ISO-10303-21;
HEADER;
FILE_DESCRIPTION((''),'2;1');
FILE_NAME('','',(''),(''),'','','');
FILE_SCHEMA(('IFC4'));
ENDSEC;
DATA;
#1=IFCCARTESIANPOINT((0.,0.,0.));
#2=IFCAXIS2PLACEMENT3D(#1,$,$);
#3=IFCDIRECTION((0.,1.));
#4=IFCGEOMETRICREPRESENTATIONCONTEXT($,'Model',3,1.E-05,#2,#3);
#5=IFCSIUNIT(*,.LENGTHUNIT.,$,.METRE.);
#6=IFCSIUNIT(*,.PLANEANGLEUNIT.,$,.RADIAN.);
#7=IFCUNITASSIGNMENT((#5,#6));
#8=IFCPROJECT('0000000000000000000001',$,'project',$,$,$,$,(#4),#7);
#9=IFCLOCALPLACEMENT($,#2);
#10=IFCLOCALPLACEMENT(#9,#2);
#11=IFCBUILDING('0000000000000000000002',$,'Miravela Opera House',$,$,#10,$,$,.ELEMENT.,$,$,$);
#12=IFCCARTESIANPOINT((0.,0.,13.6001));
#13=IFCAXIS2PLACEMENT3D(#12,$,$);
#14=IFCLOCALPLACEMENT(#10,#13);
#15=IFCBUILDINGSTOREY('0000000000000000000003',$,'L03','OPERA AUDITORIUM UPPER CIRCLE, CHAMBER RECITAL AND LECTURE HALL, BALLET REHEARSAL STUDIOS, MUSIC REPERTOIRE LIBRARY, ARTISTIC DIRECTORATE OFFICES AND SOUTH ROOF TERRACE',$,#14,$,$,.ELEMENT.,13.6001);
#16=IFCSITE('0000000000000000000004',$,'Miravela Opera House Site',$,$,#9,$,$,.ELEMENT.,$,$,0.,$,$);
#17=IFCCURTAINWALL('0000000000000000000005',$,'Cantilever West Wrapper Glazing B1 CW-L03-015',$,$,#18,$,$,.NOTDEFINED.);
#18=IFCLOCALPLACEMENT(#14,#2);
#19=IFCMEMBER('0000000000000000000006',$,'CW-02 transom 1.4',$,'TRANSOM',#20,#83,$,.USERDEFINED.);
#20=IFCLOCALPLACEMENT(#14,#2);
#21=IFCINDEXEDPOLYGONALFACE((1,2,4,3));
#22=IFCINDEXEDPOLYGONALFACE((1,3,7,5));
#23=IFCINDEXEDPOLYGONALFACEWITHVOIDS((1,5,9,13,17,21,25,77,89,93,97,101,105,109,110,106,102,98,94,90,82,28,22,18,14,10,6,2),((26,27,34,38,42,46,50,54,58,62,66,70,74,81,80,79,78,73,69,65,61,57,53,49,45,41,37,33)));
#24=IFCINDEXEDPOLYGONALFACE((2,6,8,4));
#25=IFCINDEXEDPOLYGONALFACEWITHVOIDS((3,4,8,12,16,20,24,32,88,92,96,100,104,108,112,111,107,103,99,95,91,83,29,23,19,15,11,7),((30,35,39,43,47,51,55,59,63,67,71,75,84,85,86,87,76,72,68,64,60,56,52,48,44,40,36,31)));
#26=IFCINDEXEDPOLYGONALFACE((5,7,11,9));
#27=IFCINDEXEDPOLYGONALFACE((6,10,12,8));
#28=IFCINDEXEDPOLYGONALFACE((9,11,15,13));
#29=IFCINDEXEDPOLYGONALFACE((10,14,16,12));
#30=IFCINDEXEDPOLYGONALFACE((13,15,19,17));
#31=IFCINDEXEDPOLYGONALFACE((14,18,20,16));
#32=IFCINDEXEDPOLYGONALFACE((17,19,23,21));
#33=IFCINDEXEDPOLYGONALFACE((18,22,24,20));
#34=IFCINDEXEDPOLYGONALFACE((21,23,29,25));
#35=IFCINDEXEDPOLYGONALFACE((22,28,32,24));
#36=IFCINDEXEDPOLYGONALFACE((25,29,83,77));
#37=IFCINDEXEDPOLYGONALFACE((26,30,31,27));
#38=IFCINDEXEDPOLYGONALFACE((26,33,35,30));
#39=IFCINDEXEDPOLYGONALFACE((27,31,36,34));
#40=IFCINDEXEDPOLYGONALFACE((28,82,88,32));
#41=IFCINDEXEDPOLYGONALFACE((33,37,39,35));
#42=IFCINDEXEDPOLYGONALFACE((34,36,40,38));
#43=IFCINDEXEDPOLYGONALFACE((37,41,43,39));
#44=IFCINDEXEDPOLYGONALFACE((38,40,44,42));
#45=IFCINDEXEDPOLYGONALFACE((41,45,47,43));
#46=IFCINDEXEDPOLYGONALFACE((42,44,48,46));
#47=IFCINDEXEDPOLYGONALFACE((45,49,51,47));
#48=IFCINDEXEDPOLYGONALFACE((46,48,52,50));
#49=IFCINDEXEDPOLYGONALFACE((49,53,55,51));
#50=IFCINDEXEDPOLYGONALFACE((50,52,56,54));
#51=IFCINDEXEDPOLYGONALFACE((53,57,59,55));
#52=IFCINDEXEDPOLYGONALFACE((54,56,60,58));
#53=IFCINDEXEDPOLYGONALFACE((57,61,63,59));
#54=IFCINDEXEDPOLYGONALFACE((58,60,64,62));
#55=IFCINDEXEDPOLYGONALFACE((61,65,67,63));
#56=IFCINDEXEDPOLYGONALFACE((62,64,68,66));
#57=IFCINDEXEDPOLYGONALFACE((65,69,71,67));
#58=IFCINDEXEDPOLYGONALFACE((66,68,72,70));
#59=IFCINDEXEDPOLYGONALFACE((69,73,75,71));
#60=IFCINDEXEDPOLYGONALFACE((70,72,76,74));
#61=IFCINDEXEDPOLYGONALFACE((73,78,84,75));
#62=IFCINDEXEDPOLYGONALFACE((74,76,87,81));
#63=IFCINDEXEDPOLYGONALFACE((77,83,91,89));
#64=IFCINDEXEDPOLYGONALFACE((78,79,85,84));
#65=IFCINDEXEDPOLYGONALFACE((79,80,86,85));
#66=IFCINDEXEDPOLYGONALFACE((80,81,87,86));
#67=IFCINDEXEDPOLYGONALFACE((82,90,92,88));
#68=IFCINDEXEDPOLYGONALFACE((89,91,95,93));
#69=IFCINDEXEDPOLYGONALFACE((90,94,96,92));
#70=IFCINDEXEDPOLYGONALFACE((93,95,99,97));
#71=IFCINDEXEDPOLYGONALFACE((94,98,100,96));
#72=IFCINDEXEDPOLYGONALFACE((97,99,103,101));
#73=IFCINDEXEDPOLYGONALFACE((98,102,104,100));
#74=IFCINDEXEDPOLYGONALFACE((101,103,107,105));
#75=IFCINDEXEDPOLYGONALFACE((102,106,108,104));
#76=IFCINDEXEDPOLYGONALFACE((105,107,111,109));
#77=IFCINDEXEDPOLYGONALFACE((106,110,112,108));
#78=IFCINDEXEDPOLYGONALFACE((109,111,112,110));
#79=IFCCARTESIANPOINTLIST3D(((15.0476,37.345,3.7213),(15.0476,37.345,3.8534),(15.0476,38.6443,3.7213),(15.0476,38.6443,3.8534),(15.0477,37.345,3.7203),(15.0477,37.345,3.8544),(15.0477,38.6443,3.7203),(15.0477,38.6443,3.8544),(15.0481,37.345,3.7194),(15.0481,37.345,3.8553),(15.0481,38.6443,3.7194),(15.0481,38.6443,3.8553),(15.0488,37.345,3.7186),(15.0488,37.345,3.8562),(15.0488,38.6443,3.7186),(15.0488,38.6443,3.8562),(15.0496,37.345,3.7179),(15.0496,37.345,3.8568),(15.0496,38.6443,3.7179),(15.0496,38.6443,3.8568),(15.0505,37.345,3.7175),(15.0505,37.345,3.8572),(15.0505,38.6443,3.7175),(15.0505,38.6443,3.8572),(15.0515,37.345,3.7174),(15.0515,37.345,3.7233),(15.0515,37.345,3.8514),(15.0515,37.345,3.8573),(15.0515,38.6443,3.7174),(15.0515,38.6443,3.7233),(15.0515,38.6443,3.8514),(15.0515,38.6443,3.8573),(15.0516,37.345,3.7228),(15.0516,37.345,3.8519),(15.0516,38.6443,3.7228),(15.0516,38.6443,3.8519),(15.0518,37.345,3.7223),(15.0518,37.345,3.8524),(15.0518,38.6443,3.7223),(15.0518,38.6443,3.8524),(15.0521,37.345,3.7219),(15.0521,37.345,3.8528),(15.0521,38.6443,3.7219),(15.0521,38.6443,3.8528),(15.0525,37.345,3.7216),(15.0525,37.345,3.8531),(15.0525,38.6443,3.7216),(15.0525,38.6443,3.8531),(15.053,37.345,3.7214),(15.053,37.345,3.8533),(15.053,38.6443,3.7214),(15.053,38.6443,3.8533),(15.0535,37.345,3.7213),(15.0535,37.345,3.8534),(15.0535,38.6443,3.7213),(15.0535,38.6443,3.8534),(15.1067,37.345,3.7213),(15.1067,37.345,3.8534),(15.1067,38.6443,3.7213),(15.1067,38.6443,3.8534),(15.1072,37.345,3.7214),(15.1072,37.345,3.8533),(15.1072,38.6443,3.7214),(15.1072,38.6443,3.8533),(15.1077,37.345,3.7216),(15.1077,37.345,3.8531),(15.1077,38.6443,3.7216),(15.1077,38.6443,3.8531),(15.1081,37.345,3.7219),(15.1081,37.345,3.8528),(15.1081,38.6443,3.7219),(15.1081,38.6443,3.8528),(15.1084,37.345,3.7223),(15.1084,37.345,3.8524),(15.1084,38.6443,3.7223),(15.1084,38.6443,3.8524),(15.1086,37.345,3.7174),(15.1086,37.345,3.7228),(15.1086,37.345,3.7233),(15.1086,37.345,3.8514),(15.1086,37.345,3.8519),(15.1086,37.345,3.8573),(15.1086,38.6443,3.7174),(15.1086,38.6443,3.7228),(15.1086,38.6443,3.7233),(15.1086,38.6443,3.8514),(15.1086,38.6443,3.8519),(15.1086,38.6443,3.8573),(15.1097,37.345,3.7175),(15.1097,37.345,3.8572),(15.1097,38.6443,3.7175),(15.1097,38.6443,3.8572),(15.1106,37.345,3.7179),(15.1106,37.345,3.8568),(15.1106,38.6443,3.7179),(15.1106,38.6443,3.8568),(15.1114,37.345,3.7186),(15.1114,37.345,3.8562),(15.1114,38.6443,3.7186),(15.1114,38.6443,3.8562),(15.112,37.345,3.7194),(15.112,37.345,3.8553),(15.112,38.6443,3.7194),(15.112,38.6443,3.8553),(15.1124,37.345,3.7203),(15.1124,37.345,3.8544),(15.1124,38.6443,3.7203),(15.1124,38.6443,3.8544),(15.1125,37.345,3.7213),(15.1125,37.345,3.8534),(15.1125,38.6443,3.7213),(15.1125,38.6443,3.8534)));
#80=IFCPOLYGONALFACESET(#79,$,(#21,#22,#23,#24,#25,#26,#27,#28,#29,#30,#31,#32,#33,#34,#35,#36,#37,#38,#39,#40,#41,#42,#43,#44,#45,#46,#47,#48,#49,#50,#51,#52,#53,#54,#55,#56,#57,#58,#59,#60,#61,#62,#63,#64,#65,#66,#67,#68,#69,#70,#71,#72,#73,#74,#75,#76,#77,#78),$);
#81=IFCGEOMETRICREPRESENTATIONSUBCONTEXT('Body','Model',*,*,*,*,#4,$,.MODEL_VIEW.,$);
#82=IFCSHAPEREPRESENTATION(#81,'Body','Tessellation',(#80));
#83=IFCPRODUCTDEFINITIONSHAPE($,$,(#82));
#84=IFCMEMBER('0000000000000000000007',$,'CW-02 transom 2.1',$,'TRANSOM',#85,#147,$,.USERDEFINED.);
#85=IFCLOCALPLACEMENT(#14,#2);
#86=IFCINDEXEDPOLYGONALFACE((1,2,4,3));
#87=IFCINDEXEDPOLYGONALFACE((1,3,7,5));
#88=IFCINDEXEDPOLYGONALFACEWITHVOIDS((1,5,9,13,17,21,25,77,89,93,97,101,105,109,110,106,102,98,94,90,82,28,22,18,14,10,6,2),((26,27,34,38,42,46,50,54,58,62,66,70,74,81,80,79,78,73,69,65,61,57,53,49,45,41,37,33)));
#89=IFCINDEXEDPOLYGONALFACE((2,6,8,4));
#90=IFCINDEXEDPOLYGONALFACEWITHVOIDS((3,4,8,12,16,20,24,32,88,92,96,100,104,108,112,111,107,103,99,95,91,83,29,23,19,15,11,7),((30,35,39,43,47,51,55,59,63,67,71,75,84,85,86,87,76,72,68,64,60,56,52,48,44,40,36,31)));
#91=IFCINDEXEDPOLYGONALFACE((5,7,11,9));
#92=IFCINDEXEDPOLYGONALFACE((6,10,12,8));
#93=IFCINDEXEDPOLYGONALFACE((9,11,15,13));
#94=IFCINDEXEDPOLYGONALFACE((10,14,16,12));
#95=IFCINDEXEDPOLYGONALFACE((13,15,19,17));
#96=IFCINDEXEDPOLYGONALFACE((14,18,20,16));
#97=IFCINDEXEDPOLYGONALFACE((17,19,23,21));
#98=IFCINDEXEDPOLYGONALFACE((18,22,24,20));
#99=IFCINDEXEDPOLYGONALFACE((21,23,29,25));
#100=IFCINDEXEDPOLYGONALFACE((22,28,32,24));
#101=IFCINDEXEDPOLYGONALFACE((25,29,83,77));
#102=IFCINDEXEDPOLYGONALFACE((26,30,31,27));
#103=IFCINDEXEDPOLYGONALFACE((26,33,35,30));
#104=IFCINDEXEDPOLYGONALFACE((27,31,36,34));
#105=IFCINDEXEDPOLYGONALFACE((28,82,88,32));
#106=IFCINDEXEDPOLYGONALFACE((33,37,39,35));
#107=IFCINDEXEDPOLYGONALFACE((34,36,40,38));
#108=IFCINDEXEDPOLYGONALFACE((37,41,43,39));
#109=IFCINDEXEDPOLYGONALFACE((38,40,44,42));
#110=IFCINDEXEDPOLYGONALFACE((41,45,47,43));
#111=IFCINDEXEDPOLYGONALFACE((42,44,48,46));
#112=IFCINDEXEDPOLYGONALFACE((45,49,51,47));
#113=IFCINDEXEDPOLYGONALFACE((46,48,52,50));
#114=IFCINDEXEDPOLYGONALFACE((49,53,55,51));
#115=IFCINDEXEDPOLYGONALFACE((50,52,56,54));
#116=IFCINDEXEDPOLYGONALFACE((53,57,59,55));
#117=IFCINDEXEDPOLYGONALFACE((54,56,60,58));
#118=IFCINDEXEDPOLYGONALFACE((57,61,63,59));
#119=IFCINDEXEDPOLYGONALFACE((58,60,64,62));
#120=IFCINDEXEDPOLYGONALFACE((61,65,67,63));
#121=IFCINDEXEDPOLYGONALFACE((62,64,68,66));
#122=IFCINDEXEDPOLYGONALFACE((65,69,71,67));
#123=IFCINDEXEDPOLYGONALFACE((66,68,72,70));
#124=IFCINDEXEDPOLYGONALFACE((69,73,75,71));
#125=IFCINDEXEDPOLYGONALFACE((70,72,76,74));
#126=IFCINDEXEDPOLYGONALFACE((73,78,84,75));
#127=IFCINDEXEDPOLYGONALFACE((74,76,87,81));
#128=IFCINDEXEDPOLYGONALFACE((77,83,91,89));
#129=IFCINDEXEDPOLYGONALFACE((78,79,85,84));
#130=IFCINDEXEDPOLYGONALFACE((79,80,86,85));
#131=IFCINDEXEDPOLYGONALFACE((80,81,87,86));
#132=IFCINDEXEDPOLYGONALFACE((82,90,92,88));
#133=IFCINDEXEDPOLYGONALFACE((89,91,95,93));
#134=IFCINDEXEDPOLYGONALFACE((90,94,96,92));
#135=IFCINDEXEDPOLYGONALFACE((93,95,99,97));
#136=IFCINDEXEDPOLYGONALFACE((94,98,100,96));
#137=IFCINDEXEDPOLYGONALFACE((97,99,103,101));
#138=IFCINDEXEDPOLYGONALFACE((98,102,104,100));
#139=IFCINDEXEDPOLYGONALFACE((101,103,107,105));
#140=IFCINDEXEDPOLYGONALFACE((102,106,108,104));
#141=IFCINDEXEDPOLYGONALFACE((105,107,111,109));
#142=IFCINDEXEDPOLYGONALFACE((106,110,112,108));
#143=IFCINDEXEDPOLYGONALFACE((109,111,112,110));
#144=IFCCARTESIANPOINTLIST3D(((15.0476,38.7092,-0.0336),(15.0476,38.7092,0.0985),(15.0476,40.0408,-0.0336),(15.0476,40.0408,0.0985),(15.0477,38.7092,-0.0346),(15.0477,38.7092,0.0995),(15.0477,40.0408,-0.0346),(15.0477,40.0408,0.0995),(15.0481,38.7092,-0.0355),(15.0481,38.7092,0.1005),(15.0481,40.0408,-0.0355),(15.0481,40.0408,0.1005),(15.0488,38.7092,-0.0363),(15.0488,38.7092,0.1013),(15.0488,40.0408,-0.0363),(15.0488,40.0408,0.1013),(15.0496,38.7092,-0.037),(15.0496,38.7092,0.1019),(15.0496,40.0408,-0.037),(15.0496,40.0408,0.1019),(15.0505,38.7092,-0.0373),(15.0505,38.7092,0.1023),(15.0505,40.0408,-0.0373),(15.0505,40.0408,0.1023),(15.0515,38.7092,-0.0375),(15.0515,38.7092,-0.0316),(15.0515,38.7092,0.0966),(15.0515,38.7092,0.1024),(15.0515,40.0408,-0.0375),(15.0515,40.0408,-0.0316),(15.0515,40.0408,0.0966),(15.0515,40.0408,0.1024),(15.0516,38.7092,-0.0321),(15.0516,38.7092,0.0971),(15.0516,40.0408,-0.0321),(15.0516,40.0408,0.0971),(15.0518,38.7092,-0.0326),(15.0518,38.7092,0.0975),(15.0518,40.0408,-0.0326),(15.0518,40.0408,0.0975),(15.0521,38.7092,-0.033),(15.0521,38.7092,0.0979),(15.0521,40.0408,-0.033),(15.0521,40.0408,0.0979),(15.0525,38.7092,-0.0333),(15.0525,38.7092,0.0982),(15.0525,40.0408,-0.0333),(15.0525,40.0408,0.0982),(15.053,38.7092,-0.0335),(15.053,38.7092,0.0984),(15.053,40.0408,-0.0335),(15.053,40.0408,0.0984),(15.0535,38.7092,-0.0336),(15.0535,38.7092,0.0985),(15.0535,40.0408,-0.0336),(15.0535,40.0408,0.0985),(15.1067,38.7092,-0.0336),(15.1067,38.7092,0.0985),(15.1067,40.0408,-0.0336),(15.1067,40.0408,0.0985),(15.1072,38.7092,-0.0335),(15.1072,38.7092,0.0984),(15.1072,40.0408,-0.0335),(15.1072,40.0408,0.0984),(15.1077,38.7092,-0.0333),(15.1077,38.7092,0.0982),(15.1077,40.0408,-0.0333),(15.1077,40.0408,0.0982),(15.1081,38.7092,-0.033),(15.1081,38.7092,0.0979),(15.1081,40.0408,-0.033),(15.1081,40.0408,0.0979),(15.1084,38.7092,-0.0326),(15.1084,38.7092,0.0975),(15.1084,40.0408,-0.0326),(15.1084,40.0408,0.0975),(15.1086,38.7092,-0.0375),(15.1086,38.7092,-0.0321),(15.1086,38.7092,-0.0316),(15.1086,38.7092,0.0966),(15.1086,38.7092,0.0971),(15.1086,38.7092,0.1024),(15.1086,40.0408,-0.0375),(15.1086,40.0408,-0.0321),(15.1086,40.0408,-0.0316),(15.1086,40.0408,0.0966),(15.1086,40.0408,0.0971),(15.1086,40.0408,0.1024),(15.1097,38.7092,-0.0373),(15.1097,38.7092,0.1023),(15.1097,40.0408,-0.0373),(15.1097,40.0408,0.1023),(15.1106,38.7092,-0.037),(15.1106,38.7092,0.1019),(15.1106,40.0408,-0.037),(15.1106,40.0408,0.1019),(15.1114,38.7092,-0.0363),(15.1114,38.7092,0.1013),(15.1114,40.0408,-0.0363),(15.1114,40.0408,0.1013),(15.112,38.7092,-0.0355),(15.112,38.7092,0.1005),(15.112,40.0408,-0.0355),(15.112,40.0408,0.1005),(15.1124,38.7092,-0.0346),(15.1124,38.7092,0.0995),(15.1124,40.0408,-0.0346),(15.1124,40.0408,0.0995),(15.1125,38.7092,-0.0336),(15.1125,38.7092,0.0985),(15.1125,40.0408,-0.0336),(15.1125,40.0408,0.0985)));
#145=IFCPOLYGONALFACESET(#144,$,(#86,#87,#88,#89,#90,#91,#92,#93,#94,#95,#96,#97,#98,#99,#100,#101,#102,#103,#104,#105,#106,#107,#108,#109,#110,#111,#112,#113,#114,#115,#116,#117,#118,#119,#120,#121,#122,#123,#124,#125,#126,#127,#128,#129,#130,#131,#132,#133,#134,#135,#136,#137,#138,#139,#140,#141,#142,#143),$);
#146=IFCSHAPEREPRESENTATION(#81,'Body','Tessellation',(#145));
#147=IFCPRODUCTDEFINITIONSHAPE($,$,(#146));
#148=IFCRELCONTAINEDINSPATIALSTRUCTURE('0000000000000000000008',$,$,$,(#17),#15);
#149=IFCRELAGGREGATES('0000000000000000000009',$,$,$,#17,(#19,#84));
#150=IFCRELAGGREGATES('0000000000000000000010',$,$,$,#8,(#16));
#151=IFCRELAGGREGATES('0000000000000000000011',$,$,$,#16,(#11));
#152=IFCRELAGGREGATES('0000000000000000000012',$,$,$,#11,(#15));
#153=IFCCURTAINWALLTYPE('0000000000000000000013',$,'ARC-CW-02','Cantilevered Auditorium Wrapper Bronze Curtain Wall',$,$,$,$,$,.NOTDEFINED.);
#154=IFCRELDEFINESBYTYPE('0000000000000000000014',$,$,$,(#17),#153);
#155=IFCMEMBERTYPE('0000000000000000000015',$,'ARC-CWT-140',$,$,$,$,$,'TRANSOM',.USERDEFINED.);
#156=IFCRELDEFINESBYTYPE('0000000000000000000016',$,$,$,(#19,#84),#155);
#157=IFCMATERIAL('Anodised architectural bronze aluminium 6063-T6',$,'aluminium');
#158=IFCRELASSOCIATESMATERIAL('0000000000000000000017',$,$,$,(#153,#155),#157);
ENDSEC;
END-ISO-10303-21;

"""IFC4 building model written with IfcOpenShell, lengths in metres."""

from ifc_helpers import new_model, si_unit, direction, frame, origin, origin_2d, place, context, subcontext, project, spatial, hollow_rectangle, extrude, material, material_profile, profile_set, type_object, element, aggregate, save


model = new_model("IFC4")

# Units and contexts
model_context = context("Model", 3, precision=1e-05, world=origin(), true_north=direction((0.0, 1.0)))
body_context = subcontext(model_context, "Body", "Model", "MODEL_VIEW")
ifc_project = project(units=[si_unit("LENGTHUNIT", "METRE"), si_unit("PLANEANGLEUNIT", "RADIAN")], contexts=[model_context])

# Site, building, storey
site_placement = place(None, origin())
site = spatial("IfcSite", under=ifc_project, at=site_placement, Name="Miravela Opera House Site", CompositionType="ELEMENT", RefElevation=0.0)
building_placement = place(site_placement, origin())
building = spatial("IfcBuilding", under=site, at=building_placement, Name="Miravela Opera House", CompositionType="ELEMENT")
storey_placement = place(building_placement, frame((0.0, 0.0, 13.6001)))
storey = spatial("IfcBuildingStorey", under=building, at=storey_placement, Name="L03", Description="OPERA AUDITORIUM UPPER CIRCLE, CHAMBER RECITAL AND LECTURE HALL, BALLET REHEARSAL STUDIOS, MUSIC REPERTOIRE LIBRARY, ARTISTIC DIRECTORATE OFFICES AND SOUTH ROOF TERRACE", CompositionType="ELEMENT", Elevation=13.6001)

# Curtain wall
ifc_material_1 = material(Name="Anodised architectural bronze aluminium 6063-T6", Category="aluminium")
curtain_wall_type = type_object("IfcCurtainWallType", Name="ARC-CW-02", Description="Cantilevered Auditorium Wrapper Bronze Curtain Wall", PredefinedType="NOTDEFINED", material=ifc_material_1)
curtain_wall_1_placement = place(storey_placement, origin())
curtain_wall_1 = element("IfcCurtainWall", 1, at=curtain_wall_1_placement, inside=storey, type_object=curtain_wall_type, Name="Cantilever West Wrapper Glazing B1 CW-L03-015", PredefinedType="NOTDEFINED")

# Members
ifc_material_profile_1 = material_profile(ifc_material_1, hollow_rectangle(XDim=0.0649, YDim=0.1399, WallThickness=0.0039, InnerFilletRadius=0.002, OuterFilletRadius=0.0039, at=origin_2d()), Name="CWT-65X140")
ifc_profile_set_1 = profile_set([ifc_material_profile_1])
member_type_1 = type_object("IfcMemberType", Name="ARC-CWT-140", ElementType="TRANSOM", PredefinedType="USERDEFINED", material=ifc_profile_set_1)
member_1_placement = place(storey_placement, frame((15.0801, 37.345, 3.7874), z_axis=(0.0, 1.0, 0.0), x_axis=(-1.0, 0.0, 0.0)))
member_1 = element("IfcMember", 2, at=member_1_placement, type_object=member_type_1, Name="CW-02 transom 1.4", ObjectType="TRANSOM", PredefinedType="USERDEFINED", context=body_context, shape_type="SweptSolid", body=[
    extrude(hollow_rectangle(XDim=0.0649, YDim=0.1399, WallThickness=0.0039, InnerFilletRadius=0.002, OuterFilletRadius=0.0039, at=origin_2d()), origin(), (0.0, 0.0, 1.0), 1.2993),
])
member_2_placement = place(storey_placement, frame((15.0801, 38.7092, 0.0325), z_axis=(0.0, 1.0, 0.0), x_axis=(-1.0, 0.0, 0.0)))
member_2 = element("IfcMember", 3, at=member_2_placement, type_object=member_type_1, Name="CW-02 transom 2.1", ObjectType="TRANSOM", PredefinedType="USERDEFINED", context=body_context, shape_type="SweptSolid", body=[
    extrude(hollow_rectangle(XDim=0.0649, YDim=0.1399, WallThickness=0.0039, InnerFilletRadius=0.002, OuterFilletRadius=0.0039, at=origin_2d()), origin(), (0.0, 0.0, 1.0), 1.3315),
])

aggregate(curtain_wall_1, [member_1, member_2])

save(model, "model.ifc")
